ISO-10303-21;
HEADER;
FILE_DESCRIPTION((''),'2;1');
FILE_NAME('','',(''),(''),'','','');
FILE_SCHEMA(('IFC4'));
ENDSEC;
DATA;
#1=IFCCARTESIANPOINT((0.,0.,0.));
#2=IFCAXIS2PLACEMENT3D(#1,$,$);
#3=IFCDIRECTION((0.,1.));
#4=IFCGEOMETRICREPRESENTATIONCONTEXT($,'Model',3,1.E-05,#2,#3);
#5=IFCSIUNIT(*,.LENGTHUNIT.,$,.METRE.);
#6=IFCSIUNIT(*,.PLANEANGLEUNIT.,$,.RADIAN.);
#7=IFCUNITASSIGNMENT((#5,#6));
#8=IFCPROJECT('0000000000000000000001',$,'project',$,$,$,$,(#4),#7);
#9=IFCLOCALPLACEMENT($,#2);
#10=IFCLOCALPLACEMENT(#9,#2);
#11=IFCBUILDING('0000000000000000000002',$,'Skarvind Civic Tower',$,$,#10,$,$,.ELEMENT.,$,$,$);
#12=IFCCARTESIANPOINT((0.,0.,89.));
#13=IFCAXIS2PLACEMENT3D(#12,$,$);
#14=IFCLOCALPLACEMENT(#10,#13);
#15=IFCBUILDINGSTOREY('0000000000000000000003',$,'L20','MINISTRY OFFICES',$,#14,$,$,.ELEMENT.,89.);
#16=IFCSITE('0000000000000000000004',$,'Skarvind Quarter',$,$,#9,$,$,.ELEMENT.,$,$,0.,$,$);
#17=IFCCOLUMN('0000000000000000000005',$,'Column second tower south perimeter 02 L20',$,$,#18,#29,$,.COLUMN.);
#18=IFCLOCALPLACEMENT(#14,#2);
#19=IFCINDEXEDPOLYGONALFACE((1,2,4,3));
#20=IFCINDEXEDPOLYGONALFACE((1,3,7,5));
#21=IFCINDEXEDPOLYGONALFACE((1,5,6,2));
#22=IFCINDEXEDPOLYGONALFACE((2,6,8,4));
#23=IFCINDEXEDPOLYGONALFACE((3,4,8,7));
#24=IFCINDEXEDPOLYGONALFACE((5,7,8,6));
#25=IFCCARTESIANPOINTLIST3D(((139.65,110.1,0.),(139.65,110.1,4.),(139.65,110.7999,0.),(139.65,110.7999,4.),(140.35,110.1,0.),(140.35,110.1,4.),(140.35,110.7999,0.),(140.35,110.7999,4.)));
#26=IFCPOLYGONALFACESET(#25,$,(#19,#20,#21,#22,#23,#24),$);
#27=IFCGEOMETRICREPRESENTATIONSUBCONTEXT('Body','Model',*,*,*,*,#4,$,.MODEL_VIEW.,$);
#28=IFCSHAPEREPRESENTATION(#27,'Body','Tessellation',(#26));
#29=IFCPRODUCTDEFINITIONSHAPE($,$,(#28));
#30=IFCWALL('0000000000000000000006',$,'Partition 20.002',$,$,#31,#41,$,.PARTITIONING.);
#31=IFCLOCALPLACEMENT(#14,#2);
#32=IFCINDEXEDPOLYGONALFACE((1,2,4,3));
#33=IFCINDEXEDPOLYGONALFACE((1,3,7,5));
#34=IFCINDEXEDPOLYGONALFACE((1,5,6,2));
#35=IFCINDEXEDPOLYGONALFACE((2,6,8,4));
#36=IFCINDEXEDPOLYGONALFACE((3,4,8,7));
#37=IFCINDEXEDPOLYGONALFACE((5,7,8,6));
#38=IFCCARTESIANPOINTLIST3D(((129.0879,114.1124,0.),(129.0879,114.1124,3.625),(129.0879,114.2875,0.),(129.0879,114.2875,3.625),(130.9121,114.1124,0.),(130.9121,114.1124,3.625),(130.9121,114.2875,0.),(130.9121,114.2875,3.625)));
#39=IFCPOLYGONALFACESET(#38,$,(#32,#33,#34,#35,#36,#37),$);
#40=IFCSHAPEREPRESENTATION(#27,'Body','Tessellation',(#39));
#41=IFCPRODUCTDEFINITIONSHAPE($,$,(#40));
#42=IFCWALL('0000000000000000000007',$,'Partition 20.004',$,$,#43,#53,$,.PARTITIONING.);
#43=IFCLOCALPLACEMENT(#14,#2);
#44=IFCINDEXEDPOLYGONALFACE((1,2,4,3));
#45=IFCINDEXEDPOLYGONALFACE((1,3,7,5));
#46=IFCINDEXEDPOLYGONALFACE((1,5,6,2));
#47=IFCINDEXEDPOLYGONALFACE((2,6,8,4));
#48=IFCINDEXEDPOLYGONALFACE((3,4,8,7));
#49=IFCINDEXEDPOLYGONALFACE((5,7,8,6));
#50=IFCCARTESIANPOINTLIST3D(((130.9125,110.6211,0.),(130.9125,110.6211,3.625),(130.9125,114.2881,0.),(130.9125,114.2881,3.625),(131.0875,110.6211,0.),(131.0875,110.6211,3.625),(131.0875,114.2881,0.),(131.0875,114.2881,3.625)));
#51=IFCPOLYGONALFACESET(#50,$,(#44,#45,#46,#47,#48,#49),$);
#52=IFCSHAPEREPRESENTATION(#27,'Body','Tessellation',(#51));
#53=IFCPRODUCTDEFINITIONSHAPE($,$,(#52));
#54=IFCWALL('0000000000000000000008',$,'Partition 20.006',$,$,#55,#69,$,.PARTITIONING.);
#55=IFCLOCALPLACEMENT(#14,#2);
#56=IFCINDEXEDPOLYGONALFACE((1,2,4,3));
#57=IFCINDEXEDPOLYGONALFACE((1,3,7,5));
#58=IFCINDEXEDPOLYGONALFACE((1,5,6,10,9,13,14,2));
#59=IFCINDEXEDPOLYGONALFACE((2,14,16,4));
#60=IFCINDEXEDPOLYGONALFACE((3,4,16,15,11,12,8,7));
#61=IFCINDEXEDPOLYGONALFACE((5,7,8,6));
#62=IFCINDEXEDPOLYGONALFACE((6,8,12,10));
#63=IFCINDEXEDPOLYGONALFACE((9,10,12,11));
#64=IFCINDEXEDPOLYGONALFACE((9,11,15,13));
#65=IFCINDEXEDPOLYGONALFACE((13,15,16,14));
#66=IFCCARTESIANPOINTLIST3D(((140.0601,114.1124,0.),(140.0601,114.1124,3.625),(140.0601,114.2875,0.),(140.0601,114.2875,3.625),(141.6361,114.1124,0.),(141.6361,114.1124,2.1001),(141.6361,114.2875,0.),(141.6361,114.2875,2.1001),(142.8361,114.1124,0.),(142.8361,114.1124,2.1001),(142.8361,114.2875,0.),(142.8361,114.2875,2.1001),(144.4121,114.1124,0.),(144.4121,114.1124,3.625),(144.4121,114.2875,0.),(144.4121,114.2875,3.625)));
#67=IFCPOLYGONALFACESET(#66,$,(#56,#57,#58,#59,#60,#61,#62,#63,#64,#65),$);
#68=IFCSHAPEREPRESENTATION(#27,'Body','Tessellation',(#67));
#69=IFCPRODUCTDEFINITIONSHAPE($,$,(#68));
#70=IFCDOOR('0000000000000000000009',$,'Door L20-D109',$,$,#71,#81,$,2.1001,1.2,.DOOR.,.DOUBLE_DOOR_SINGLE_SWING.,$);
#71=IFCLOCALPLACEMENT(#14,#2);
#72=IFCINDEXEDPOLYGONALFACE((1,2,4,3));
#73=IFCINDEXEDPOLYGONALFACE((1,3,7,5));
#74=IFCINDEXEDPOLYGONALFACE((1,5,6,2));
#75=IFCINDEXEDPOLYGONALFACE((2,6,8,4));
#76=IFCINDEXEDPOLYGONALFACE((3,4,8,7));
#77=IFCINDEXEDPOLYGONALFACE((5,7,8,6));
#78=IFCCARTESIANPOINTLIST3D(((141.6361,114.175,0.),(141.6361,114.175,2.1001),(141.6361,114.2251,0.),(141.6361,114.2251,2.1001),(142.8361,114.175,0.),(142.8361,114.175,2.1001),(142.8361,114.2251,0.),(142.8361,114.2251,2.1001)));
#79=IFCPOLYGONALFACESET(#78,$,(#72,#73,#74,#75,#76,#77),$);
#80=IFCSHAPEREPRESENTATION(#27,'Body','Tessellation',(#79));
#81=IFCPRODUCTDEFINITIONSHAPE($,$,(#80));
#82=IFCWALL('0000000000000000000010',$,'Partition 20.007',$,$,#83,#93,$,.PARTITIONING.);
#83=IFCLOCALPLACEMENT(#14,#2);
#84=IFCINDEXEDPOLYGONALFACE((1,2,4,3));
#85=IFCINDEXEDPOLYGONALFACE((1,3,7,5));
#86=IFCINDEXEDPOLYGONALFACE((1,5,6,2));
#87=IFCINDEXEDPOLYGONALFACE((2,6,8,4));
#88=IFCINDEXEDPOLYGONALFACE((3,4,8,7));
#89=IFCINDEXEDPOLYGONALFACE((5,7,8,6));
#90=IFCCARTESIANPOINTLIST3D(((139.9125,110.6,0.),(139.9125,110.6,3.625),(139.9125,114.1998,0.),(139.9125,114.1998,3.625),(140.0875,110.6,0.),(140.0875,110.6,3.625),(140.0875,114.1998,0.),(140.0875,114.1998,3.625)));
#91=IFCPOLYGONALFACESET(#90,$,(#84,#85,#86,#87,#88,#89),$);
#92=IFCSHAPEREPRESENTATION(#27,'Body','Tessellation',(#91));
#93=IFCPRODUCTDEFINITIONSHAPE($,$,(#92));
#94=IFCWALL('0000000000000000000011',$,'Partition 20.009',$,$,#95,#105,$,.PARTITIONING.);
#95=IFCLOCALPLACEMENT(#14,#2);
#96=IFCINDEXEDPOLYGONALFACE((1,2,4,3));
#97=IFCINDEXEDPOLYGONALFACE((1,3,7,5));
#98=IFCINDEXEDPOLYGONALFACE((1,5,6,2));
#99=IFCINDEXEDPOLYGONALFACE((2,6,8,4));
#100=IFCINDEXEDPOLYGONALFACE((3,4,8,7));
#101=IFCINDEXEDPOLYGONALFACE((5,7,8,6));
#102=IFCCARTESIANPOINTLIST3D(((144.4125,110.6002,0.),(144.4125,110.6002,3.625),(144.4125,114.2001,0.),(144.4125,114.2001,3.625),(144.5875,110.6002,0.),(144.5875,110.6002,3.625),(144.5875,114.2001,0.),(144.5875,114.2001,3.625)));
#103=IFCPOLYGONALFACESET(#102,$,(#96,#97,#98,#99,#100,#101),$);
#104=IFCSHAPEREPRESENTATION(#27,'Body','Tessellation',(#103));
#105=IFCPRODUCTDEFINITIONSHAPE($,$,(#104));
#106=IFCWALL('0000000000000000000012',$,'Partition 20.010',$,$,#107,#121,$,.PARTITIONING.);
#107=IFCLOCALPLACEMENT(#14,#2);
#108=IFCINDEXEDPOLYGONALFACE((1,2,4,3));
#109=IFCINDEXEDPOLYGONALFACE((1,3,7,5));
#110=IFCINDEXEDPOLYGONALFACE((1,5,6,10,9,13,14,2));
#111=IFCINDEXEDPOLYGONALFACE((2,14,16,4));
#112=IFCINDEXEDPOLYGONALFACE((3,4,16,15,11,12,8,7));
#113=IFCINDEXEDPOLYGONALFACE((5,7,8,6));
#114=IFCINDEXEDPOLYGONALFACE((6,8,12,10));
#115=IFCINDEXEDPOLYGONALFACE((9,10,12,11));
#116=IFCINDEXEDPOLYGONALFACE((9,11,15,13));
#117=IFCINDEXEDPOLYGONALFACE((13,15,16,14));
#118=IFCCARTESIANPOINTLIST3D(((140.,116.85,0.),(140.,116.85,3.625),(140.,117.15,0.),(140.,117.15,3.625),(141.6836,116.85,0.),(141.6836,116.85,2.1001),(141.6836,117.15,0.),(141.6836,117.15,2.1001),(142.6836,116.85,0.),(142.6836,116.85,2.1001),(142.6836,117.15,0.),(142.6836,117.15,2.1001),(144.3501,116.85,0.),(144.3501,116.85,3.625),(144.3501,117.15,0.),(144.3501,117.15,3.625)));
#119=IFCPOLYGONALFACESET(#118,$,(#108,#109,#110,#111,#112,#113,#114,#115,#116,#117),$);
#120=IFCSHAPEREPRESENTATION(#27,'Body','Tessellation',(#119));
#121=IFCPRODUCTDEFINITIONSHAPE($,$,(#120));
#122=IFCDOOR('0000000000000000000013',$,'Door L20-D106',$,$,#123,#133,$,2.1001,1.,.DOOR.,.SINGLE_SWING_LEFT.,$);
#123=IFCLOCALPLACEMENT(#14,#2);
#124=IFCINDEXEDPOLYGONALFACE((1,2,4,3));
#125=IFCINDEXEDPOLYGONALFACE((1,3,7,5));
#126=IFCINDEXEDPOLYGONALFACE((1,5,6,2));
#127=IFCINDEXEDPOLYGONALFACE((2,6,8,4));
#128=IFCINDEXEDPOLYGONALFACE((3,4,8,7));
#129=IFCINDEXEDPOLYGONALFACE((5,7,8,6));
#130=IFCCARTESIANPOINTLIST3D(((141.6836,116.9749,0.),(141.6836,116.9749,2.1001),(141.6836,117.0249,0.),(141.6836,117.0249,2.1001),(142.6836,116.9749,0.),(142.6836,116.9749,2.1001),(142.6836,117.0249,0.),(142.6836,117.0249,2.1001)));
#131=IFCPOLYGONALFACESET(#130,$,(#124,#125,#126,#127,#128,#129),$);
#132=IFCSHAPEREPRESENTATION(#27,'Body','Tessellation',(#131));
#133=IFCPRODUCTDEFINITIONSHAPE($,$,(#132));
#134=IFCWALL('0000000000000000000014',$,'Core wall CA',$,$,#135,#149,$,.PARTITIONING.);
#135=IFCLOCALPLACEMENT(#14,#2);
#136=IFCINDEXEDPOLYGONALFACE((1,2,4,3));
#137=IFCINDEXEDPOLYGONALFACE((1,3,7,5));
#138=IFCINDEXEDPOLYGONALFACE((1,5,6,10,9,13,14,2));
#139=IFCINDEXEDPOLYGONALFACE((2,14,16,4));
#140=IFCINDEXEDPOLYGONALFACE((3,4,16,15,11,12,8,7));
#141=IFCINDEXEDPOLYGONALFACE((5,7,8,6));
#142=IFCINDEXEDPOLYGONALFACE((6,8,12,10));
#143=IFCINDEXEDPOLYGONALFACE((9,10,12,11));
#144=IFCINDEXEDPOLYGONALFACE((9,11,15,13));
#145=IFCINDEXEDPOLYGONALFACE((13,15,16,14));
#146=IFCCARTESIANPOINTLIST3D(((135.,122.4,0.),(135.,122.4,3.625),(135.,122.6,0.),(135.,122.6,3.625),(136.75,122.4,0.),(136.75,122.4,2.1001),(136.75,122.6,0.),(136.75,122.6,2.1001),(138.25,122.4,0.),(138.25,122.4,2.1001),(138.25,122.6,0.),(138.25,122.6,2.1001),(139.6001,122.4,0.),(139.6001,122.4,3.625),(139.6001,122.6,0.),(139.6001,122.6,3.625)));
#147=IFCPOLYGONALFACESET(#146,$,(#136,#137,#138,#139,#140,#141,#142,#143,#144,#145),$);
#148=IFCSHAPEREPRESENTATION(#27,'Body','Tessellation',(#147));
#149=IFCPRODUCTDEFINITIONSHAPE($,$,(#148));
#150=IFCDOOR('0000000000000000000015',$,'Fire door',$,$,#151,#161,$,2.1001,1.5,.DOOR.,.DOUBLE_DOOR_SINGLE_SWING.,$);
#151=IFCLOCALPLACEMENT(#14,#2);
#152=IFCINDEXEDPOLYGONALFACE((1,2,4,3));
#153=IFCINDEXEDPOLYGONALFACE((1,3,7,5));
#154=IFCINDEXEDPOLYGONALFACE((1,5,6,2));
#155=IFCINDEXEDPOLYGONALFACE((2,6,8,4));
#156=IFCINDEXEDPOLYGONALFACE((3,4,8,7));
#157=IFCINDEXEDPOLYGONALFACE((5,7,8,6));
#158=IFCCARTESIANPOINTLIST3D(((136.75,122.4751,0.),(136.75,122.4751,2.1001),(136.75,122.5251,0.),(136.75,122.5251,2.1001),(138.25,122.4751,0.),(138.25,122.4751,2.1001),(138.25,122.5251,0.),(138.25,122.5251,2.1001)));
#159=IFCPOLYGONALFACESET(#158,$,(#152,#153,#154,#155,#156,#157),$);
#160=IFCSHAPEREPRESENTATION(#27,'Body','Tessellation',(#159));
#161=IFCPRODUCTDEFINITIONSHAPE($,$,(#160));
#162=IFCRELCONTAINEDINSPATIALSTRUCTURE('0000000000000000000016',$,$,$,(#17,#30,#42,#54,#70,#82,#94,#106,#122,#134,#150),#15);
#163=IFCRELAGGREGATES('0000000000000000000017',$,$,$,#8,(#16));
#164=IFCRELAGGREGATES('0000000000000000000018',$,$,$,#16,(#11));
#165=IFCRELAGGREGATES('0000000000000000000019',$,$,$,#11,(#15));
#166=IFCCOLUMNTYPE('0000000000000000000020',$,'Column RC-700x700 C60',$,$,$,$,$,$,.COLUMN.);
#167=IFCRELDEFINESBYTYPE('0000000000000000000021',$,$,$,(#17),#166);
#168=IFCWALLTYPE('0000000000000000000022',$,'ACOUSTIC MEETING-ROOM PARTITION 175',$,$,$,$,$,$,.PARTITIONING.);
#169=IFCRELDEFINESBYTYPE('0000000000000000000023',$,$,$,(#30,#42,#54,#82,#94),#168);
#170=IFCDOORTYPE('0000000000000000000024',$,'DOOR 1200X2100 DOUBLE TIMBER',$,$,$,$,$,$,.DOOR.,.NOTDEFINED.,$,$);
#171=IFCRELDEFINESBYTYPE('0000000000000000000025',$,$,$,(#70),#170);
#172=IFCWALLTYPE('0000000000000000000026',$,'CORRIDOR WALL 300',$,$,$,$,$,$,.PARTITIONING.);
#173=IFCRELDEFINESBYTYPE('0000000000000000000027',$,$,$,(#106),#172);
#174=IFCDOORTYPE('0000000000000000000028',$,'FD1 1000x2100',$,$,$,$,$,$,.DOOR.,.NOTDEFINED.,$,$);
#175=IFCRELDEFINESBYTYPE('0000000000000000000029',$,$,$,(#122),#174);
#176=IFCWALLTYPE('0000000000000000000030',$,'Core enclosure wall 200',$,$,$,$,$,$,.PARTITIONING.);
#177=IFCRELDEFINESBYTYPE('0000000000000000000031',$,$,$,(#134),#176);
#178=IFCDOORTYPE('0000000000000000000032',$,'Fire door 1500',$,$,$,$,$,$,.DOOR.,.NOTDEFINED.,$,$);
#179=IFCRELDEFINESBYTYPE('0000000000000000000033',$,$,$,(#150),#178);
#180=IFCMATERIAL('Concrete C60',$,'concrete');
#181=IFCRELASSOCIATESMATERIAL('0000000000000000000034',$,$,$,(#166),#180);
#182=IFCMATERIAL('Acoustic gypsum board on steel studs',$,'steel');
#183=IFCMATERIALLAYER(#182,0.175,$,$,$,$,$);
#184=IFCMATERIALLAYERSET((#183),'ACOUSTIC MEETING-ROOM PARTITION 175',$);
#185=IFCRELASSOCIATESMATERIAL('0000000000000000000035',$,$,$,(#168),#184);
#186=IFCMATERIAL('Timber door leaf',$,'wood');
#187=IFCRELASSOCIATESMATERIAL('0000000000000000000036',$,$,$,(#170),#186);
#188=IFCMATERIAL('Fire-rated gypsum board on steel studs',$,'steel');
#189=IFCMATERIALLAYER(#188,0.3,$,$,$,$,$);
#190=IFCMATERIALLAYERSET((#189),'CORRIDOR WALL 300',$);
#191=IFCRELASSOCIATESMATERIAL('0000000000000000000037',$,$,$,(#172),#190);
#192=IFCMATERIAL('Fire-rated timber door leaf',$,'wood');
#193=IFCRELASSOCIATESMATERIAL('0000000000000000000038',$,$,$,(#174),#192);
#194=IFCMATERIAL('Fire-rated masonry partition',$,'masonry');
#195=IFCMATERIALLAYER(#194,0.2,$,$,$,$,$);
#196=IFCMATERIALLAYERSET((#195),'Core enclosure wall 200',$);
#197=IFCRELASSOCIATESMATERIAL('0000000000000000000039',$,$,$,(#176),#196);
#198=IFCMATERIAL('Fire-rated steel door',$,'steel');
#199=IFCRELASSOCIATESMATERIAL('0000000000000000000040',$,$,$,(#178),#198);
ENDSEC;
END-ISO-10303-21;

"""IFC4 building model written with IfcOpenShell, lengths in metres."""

from ifc_helpers import new_model, si_unit, direction, frame, frame_2d, origin, origin_2d, place, context, subcontext, project, spatial, rectangle, extrude, material, layer, layer_set, material_profile, profile_set, type_object, element, fill, save


model = new_model("IFC4")

# Units and contexts
model_context = context("Model", 3, precision=1e-05, world=origin(), true_north=direction((0.0, 1.0)))
body_context = subcontext(model_context, "Body", "Model", "MODEL_VIEW")
ifc_project = project(units=[si_unit("LENGTHUNIT", "METRE"), si_unit("PLANEANGLEUNIT", "RADIAN")], contexts=[model_context])

# Site, building, storey
site_placement = place(None, origin())
site = spatial("IfcSite", under=ifc_project, at=site_placement, Name="Skarvind Quarter", CompositionType="ELEMENT", RefElevation=0.0)
building_placement = place(site_placement, origin())
building = spatial("IfcBuilding", under=site, at=building_placement, Name="Skarvind Civic Tower", CompositionType="ELEMENT")
storey_placement = place(building_placement, frame((0.0, 0.0, 89.0)))
storey = spatial("IfcBuildingStorey", under=building, at=storey_placement, Name="L20", Description="MINISTRY OFFICES", CompositionType="ELEMENT", Elevation=89.0)

# Column
ifc_material_1 = material(Name="Concrete C60", Category="concrete")
ifc_material_profile = material_profile(ifc_material_1, rectangle(XDim=0.7, YDim=0.7, at=origin_2d()), Name="RC-700x700")
ifc_profile_set = profile_set([ifc_material_profile], Name="Concrete C60")
column_type = type_object("IfcColumnType", Name="Column RC-700x700 C60", PredefinedType="COLUMN", material=ifc_profile_set)
column_placement = place(storey_placement, frame((140.0, 110.45, 0.0), z_axis=(0.0, 0.0, 1.0), x_axis=(1.0, 0.0, 0.0)))
element("IfcColumn", 1, at=column_placement, inside=storey, type_object=column_type, Name="Column second tower south perimeter 02 L20", PredefinedType="COLUMN", context=body_context, shape_type="SweptSolid", body=[
    extrude(rectangle(XDim=0.7, YDim=0.7, at=origin_2d()), origin(), (0.0, 0.0, 1.0), 4.0),
])

# Walls
ifc_material_2 = material(Name="Acoustic gypsum board on steel studs", Category="steel")
ifc_layer_1 = layer(ifc_material_2, 0.175)
ifc_layer_set_1 = layer_set([ifc_layer_1], Name="ACOUSTIC MEETING-ROOM PARTITION 175")
wall_type_1 = type_object("IfcWallType", Name="ACOUSTIC MEETING-ROOM PARTITION 175", PredefinedType="PARTITIONING", material=ifc_layer_set_1)
wall_1_placement = place(storey_placement, frame((130.9121, 114.2, 0.0), z_axis=(0.0, 0.0, 1.0), x_axis=(-1.0, 0.0, 0.0)))
element("IfcWall", 2, at=wall_1_placement, inside=storey, type_object=wall_type_1, Name="Partition 20.002", PredefinedType="PARTITIONING", context=body_context, shape_type="SweptSolid", body=[
    extrude(rectangle(XDim=1.8242, YDim=0.175, at=frame_2d((0.9121, 0.0))), origin(), (0.0, 0.0, 1.0), 3.625),
])
wall_2_placement = place(storey_placement, frame((131.0, 114.2881, 0.0), z_axis=(0.0, 0.0, 1.0), x_axis=(0.0, -1.0, 0.0)))
element("IfcWall", 3, at=wall_2_placement, inside=storey, type_object=wall_type_1, Name="Partition 20.004", PredefinedType="PARTITIONING", context=body_context, shape_type="SweptSolid", body=[
    extrude(rectangle(XDim=3.667, YDim=0.175, at=frame_2d((1.8335, 0.0))), origin(), (0.0, 0.0, 1.0), 3.625),
])

# Wall, opening, door
wall_3_placement = place(storey_placement, frame((144.4121, 114.2, 0.0), z_axis=(0.0, 0.0, 1.0), x_axis=(-1.0, 0.0, 0.0)))
wall_3 = element("IfcWall", 4, at=wall_3_placement, inside=storey, type_object=wall_type_1, Name="Partition 20.006", PredefinedType="PARTITIONING", context=body_context, shape_type="SweptSolid", body=[
    extrude(rectangle(XDim=4.3521, YDim=0.175, at=frame_2d((2.176, 0.0))), origin(), (0.0, 0.0, 1.0), 3.625),
])
opening_1_placement = place(wall_3_placement, frame((1.5759, 0.0, 0.0)))
opening_1 = element("IfcOpeningElement", 5, at=opening_1_placement, cuts=wall_3, PredefinedType="OPENING", context=body_context, shape_type="SweptSolid", body=[
    extrude(rectangle(XDim=1.2, YDim=2.1001, at=frame_2d((0.6001, 1.05))), frame((0.0, 0.0974, 0.0), z_axis=(0.0, -1.0, 0.0), x_axis=(1.0, 0.0, 0.0)), (0.0, 0.0, 1.0), 0.1951),
])
ifc_material_3 = material(Name="Timber door leaf", Category="wood")
door_type_1 = type_object("IfcDoorType", Name="DOOR 1200X2100 DOUBLE TIMBER", OperationType="NOTDEFINED", PredefinedType="DOOR", material=ifc_material_3)
door_1_placement = place(opening_1_placement, origin())
door_1 = element("IfcDoor", 6, at=door_1_placement, inside=storey, type_object=door_type_1, Name="Door L20-D109", OperationType="DOUBLE_DOOR_SINGLE_SWING", OverallHeight=2.1001, OverallWidth=1.2, PredefinedType="DOOR", context=body_context, shape_type="SweptSolid", body=[
    extrude(rectangle(XDim=1.2, YDim=2.1001, at=frame_2d((0.6001, 1.05))), frame((0.0, 0.0249, 0.0), z_axis=(0.0, -1.0, 0.0), x_axis=(1.0, 0.0, 0.0)), (0.0, 0.0, 1.0), 0.05),
])
fill(opening_1, door_1)

# Walls
for number, where, z_axis, x_axis, name in (
    (7, (140.0, 110.6001, 0.0), (0.0, 0.0, 1.0), (0.0, 1.0, 0.0), "Partition 20.007"),
    (8, (144.5, 114.2, 0.0), (0.0, 0.0, 1.0), (0.0, -1.0, 0.0), "Partition 20.009"),
):
    element("IfcWall", number, at=place(storey_placement, frame(where, z_axis=z_axis, x_axis=x_axis)), inside=storey, type_object=wall_type_1, Name=name, PredefinedType="PARTITIONING", context=body_context, shape_type="SweptSolid", body=[
        extrude(rectangle(XDim=3.5999, YDim=0.175, at=frame_2d((1.7998, 0.0))), origin(), (0.0, 0.0, 1.0), 3.625),
    ])

# Walls, openings, doors
ifc_material_4 = material(Name="Fire-rated gypsum board on steel studs", Category="steel")
ifc_layer_2 = layer(ifc_material_4, 0.3)
ifc_layer_set_2 = layer_set([ifc_layer_2], Name="CORRIDOR WALL 300")
wall_type_2 = type_object("IfcWallType", Name="CORRIDOR WALL 300", PredefinedType="PARTITIONING", material=ifc_layer_set_2)
wall_4_placement = place(storey_placement, frame((140.0, 117.0, 0.0), z_axis=(0.0, 0.0, 1.0), x_axis=(1.0, 0.0, 0.0)))
wall_4 = element("IfcWall", 9, at=wall_4_placement, inside=storey, type_object=wall_type_2, Name="Partition 20.010", PredefinedType="PARTITIONING", context=body_context, shape_type="SweptSolid", body=[
    extrude(rectangle(XDim=4.3501, YDim=0.3, at=frame_2d((2.175, 0.0))), origin(), (0.0, 0.0, 1.0), 3.625),
])
opening_2_placement = place(wall_4_placement, frame((1.6836, 0.0, 0.0)))
opening_2 = element("IfcOpeningElement", 10, at=opening_2_placement, cuts=wall_4, PredefinedType="OPENING", context=body_context, shape_type="SweptSolid", body=[
    extrude(rectangle(XDim=1.0, YDim=2.1001, at=frame_2d((0.5, 1.05))), frame((0.0, 0.1599, 0.0), z_axis=(0.0, -1.0, 0.0), x_axis=(1.0, 0.0, 0.0)), (0.0, 0.0, 1.0), 0.3201),
])
ifc_material_5 = material(Name="Fire-rated timber door leaf", Category="wood")
door_type_2 = type_object("IfcDoorType", Name="FD1 1000x2100", OperationType="NOTDEFINED", PredefinedType="DOOR", material=ifc_material_5)
door_2_placement = place(opening_2_placement, origin())
door_2 = element("IfcDoor", 11, at=door_2_placement, inside=storey, type_object=door_type_2, Name="Door L20-D106", OperationType="SINGLE_SWING_LEFT", OverallHeight=2.1001, OverallWidth=1.0, PredefinedType="DOOR", context=body_context, shape_type="SweptSolid", body=[
    extrude(rectangle(XDim=1.0, YDim=2.1001, at=frame_2d((0.5, 1.05))), frame((0.0, 0.0249, 0.0), z_axis=(0.0, -1.0, 0.0), x_axis=(1.0, 0.0, 0.0)), (0.0, 0.0, 1.0), 0.05),
])
fill(opening_2, door_2)
ifc_material_6 = material(Name="Fire-rated masonry partition", Category="masonry")
ifc_layer_3 = layer(ifc_material_6, 0.2)
ifc_layer_set_3 = layer_set([ifc_layer_3], Name="Core enclosure wall 200")
wall_type_3 = type_object("IfcWallType", Name="Core enclosure wall 200", PredefinedType="PARTITIONING", material=ifc_layer_set_3)
wall_5_placement = place(storey_placement, frame((139.6001, 122.5, 0.0), z_axis=(0.0, 0.0, 1.0), x_axis=(-1.0, 0.0, 0.0)))
wall_5 = element("IfcWall", 12, at=wall_5_placement, inside=storey, type_object=wall_type_3, Name="Core wall CA", PredefinedType="PARTITIONING", context=body_context, shape_type="SweptSolid", body=[
    extrude(rectangle(XDim=4.6001, YDim=0.2, at=frame_2d((2.3, 0.0))), origin(), (0.0, 0.0, 1.0), 3.625),
])
opening_3_placement = place(wall_5_placement, frame((1.3501, 0.0, 0.0)))
opening_3 = element("IfcOpeningElement", 13, at=opening_3_placement, cuts=wall_5, PredefinedType="OPENING", context=body_context, shape_type="SweptSolid", body=[
    extrude(rectangle(XDim=1.5, YDim=2.1001, at=frame_2d((0.75, 1.05))), frame((0.0, 0.1099, 0.0), z_axis=(0.0, -1.0, 0.0), x_axis=(1.0, 0.0, 0.0)), (0.0, 0.0, 1.0), 0.22),
])
ifc_material_7 = material(Name="Fire-rated steel door", Category="steel")
door_type_3 = type_object("IfcDoorType", Name="Fire door 1500", OperationType="NOTDEFINED", PredefinedType="DOOR", material=ifc_material_7)
door_3_placement = place(opening_3_placement, origin())
door_3 = element("IfcDoor", 14, at=door_3_placement, inside=storey, type_object=door_type_3, Name="Fire door", OperationType="DOUBLE_DOOR_SINGLE_SWING", OverallHeight=2.1001, OverallWidth=1.5, PredefinedType="DOOR", context=body_context, shape_type="SweptSolid", body=[
    extrude(rectangle(XDim=1.5, YDim=2.1001, at=frame_2d((0.75, 1.05))), frame((0.0, 0.0249, 0.0), z_axis=(0.0, -1.0, 0.0), x_axis=(1.0, 0.0, 0.0)), (0.0, 0.0, 1.0), 0.05),
])
fill(opening_3, door_3)

save(model, "model.ifc")
